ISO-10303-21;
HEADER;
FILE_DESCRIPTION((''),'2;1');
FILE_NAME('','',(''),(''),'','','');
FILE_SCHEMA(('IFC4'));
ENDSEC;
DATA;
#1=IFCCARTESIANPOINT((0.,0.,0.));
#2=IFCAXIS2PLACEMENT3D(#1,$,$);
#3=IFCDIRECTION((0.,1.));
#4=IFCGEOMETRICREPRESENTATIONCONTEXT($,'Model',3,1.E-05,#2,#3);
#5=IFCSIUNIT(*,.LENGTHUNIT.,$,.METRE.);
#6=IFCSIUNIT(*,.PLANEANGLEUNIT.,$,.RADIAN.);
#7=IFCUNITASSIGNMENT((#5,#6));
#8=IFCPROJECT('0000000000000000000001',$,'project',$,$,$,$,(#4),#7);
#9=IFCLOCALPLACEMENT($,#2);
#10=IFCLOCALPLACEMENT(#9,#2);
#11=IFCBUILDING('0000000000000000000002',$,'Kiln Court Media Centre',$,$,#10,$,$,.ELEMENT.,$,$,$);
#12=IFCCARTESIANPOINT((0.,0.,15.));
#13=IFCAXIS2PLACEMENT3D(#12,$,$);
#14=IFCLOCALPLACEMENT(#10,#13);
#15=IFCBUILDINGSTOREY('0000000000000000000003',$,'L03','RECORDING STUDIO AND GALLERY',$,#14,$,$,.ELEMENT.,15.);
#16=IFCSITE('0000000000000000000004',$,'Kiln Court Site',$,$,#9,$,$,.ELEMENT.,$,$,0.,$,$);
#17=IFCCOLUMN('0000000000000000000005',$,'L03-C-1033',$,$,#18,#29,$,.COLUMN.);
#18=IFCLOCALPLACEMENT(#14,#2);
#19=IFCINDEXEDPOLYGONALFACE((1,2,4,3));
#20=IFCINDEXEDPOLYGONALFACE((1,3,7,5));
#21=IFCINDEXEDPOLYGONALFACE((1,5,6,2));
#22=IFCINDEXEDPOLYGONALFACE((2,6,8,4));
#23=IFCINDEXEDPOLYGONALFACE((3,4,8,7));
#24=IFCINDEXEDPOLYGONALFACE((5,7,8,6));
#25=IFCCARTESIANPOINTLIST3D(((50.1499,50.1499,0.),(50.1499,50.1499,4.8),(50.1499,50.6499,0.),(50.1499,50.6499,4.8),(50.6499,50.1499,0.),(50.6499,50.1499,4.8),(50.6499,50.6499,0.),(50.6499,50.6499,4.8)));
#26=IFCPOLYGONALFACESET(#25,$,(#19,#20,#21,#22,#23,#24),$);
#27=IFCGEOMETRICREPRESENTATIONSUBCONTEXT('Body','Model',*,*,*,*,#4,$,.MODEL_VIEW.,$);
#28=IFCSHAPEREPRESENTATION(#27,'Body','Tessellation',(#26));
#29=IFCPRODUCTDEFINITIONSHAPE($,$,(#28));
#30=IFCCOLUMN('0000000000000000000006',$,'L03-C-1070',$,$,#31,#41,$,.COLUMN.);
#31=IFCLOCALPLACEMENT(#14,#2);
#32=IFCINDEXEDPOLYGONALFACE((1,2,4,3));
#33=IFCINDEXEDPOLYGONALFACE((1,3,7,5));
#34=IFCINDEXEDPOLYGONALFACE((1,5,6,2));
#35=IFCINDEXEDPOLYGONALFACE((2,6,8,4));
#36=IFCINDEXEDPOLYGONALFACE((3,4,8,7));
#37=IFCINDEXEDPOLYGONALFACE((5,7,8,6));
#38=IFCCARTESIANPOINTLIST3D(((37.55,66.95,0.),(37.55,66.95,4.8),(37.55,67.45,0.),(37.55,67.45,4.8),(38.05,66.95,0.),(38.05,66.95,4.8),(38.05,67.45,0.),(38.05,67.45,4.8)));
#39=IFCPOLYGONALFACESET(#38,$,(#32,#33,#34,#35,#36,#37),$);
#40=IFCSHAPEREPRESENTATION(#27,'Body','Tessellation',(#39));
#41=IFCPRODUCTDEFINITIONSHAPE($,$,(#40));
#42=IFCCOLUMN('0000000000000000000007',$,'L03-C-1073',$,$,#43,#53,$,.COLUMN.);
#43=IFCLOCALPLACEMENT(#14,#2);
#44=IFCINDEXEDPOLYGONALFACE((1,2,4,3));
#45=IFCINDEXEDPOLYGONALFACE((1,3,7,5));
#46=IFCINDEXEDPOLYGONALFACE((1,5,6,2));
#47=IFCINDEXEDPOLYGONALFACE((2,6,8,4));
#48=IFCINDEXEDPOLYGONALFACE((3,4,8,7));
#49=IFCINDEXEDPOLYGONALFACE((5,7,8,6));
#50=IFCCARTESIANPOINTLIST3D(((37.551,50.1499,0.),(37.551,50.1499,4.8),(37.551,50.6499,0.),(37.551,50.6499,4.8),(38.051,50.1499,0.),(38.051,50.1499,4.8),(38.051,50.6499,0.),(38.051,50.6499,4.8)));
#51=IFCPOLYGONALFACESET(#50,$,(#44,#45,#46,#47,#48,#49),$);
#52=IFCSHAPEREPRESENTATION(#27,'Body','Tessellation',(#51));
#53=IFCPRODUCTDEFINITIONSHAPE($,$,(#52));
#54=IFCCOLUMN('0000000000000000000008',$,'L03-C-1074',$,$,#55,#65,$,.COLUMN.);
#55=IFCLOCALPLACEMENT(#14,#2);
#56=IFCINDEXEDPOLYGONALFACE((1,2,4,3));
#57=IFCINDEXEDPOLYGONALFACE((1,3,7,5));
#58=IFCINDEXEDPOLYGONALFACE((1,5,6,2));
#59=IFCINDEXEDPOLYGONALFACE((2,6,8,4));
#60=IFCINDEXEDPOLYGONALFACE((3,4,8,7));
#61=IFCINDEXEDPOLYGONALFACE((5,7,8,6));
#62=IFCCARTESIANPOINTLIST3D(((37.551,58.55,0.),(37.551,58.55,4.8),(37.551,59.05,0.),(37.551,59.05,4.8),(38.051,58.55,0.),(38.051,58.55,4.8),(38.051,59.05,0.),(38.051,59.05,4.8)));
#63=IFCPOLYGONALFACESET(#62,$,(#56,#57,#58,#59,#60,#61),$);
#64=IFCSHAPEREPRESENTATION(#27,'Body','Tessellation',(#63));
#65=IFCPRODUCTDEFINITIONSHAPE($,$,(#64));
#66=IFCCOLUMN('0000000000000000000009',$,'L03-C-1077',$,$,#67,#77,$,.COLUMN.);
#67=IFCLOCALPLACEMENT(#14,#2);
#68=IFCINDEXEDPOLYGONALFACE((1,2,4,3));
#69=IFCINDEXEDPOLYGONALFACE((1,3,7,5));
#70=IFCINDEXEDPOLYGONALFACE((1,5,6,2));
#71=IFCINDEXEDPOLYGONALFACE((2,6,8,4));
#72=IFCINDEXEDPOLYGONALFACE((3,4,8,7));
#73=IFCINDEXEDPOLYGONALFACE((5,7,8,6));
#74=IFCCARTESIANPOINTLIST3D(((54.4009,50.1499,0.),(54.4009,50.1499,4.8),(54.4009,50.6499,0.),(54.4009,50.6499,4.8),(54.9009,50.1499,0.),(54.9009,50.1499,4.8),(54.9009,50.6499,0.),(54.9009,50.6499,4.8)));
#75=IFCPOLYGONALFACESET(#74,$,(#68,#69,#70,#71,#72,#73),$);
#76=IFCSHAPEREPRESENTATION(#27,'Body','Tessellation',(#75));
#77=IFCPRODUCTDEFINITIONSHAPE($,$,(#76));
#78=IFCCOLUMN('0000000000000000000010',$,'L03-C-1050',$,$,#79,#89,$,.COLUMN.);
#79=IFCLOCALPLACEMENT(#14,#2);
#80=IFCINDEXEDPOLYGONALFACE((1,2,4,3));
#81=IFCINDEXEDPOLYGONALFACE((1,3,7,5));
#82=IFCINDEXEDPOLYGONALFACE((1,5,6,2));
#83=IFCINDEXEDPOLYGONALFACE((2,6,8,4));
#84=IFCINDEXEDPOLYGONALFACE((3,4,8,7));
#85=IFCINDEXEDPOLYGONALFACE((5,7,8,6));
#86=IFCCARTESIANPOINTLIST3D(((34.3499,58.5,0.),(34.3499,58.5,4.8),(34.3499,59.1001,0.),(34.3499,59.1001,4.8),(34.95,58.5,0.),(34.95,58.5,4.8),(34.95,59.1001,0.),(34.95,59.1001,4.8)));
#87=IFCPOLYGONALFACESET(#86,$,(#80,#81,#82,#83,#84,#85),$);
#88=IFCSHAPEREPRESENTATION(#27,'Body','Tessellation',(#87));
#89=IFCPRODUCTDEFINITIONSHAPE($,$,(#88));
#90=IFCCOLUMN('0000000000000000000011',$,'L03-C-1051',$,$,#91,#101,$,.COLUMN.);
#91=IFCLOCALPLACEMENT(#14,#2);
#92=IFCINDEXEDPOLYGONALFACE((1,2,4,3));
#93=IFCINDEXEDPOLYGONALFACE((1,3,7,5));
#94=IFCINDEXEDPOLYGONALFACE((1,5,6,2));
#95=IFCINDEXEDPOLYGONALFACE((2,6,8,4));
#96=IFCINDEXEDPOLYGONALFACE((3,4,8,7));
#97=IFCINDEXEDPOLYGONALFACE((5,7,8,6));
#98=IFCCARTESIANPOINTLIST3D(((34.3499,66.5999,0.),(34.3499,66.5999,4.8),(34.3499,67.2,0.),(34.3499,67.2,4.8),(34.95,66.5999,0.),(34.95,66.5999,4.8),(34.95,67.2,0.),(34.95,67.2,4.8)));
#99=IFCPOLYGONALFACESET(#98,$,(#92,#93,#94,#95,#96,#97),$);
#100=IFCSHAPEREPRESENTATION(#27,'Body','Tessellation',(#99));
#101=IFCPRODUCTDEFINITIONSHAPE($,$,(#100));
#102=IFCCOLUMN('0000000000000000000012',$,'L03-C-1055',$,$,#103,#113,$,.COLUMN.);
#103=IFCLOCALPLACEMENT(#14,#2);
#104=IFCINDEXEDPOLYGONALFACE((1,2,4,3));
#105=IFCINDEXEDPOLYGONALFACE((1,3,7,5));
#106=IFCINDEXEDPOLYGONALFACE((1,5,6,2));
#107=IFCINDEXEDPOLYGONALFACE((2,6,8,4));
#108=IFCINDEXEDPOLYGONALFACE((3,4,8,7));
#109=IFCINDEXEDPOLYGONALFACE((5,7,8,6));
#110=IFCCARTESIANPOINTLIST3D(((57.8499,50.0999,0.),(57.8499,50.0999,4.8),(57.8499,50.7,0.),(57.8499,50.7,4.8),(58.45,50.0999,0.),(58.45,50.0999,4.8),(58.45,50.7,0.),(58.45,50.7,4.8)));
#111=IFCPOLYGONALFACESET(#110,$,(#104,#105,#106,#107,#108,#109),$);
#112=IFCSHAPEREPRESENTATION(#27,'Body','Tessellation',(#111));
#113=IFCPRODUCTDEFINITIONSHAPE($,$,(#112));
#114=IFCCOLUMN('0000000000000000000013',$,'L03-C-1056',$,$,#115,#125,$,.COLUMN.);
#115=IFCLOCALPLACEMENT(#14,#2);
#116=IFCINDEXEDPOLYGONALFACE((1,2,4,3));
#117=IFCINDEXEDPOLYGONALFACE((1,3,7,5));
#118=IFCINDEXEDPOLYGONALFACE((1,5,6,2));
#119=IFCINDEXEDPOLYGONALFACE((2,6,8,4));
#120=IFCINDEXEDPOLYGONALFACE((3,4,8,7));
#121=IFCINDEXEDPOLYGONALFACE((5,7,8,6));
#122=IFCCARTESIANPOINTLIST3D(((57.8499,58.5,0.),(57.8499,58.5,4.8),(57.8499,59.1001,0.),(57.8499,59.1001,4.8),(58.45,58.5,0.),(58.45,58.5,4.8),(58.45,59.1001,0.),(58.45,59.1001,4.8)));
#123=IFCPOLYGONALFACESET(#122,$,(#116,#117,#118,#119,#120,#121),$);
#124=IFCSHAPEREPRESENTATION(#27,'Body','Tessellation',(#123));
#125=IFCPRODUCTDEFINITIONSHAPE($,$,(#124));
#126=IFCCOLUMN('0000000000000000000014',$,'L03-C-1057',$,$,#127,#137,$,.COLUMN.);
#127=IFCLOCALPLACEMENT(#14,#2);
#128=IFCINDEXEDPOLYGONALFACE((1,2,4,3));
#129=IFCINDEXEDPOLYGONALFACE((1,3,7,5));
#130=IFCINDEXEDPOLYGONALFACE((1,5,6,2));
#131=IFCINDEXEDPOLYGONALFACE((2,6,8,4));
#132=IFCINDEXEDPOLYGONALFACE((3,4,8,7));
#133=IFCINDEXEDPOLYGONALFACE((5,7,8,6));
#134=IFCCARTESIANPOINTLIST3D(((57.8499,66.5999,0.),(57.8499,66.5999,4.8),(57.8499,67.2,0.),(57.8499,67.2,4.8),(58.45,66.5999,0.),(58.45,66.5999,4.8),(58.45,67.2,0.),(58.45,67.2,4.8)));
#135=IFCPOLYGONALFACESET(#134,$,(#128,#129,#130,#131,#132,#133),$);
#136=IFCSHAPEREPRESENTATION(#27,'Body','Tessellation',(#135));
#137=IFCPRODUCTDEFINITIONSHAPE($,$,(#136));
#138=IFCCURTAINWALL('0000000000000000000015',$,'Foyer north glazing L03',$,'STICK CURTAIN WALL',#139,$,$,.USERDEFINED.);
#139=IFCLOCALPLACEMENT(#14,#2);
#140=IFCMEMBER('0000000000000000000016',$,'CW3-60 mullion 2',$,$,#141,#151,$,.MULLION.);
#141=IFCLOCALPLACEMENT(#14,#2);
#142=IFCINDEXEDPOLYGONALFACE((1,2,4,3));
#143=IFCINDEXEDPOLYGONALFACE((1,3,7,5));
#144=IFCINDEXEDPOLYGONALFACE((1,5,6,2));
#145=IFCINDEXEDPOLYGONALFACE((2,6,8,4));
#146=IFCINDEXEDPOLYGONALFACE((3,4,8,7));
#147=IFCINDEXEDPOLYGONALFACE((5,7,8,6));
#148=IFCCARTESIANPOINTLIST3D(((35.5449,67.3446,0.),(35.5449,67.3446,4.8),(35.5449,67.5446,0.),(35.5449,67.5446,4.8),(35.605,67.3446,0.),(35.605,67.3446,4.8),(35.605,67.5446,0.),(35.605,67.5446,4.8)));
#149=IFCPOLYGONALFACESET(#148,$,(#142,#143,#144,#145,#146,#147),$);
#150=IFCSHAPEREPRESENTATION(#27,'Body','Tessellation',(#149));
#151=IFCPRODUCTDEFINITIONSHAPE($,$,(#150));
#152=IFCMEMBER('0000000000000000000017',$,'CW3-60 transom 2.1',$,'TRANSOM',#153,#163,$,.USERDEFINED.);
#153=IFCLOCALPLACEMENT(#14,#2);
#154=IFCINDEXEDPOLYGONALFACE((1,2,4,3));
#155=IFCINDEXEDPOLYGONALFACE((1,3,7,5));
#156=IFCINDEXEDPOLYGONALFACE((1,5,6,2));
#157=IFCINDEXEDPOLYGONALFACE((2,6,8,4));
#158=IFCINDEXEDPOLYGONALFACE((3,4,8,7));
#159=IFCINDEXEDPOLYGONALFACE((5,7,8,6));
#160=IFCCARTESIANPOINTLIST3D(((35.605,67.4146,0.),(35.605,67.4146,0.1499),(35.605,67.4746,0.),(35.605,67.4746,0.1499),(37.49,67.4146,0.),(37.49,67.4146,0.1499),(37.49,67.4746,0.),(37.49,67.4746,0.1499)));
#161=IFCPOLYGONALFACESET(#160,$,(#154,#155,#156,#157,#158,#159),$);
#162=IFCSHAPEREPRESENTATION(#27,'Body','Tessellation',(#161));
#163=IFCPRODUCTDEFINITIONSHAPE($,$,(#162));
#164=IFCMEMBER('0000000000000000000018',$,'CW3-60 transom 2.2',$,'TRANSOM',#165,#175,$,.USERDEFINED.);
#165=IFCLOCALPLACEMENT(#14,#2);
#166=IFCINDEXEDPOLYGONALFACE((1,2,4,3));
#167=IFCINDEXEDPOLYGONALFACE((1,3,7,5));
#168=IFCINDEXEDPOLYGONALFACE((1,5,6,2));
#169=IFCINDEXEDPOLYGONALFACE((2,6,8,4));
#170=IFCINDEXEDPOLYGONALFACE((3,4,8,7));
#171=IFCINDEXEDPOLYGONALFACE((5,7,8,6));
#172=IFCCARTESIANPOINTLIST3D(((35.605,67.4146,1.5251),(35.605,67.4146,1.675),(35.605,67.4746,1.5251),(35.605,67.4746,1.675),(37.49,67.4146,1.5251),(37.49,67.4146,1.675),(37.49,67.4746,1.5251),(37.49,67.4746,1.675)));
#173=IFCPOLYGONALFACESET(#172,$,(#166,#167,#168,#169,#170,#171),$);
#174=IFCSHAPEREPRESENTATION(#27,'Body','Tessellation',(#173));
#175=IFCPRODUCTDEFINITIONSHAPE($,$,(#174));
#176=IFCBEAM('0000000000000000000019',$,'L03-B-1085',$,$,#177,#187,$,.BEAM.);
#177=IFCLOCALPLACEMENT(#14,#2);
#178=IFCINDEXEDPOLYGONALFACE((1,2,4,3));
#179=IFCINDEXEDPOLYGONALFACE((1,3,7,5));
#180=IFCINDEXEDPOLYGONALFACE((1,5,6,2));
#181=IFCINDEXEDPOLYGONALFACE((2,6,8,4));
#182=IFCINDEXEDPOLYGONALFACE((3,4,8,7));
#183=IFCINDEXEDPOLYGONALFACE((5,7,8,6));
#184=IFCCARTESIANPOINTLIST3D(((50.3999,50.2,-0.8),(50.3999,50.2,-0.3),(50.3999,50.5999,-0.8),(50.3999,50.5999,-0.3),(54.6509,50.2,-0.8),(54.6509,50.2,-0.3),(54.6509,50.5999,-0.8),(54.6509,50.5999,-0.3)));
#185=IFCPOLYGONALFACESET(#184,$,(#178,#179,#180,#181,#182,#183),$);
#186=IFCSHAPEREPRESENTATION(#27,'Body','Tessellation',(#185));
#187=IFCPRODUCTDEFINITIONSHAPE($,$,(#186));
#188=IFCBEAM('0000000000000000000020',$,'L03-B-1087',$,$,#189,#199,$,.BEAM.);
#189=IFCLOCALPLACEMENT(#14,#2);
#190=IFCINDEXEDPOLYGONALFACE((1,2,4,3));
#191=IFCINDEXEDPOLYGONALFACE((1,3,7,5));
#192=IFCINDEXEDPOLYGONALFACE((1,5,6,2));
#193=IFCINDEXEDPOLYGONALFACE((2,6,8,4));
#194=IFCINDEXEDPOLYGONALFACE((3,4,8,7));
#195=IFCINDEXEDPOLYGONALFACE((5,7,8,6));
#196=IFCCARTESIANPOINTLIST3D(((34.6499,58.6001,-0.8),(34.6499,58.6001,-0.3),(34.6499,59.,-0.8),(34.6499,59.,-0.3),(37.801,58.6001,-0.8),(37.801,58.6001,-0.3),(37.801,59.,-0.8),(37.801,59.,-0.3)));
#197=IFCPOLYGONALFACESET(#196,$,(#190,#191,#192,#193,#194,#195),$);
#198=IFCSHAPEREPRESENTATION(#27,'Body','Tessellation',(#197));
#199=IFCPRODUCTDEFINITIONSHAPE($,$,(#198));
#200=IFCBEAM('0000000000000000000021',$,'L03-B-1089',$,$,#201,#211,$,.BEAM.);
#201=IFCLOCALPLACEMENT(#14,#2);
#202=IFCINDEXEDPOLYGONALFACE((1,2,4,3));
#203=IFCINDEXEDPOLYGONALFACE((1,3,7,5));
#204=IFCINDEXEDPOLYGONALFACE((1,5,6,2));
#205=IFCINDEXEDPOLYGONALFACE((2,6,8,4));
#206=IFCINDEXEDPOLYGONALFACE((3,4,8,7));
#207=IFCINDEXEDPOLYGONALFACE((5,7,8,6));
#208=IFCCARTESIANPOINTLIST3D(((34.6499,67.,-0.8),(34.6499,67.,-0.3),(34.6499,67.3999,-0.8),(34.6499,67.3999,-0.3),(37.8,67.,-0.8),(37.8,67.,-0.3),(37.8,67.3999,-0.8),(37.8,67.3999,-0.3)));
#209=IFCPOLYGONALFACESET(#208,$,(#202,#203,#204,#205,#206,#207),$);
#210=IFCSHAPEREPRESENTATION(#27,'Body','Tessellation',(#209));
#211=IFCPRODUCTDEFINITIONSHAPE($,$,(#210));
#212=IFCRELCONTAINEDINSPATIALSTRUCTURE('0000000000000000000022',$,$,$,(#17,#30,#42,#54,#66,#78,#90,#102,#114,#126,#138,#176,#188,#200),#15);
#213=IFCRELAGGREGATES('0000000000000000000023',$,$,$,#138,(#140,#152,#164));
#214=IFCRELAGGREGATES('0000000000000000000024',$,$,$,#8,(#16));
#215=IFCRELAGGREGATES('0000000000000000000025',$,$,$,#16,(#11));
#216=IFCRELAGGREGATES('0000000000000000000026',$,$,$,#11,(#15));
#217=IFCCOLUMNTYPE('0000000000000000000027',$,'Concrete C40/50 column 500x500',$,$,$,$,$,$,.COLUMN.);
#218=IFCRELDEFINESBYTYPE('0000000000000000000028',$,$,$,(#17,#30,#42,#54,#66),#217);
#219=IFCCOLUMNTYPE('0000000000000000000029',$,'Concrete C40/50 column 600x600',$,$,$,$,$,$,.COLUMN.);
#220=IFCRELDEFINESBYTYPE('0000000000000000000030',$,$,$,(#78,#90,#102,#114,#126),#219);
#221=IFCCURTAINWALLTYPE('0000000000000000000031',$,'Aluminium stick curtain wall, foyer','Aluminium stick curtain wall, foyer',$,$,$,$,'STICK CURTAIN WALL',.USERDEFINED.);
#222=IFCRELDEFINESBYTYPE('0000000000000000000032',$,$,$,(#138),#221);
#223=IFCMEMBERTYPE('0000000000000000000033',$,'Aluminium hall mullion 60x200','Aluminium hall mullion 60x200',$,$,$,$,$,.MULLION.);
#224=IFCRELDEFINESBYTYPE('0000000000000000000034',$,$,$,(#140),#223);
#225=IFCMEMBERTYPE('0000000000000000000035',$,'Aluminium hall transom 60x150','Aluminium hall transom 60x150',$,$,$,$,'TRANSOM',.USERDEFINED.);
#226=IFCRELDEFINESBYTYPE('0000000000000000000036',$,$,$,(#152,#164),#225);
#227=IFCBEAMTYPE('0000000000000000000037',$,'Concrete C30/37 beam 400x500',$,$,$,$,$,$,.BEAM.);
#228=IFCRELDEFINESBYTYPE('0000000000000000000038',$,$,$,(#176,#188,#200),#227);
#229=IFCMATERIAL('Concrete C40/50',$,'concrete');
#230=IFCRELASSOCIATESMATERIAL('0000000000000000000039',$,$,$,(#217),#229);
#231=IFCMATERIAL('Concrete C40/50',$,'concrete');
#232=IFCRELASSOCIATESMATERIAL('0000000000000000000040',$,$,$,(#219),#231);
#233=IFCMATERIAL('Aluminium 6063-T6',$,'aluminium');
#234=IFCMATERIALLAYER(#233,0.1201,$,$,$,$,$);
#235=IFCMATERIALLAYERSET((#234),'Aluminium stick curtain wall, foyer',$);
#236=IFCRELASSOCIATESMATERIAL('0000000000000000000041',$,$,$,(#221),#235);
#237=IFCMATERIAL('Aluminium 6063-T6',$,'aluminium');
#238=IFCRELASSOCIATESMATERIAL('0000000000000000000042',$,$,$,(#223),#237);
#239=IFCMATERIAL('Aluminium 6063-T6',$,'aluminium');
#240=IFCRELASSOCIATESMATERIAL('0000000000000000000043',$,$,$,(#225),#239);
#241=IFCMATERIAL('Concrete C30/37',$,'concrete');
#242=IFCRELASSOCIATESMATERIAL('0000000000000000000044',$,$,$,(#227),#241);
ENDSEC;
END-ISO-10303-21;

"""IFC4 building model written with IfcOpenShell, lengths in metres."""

from ifc_helpers import new_model, si_unit, direction, frame, origin, origin_2d, place, context, subcontext, project, spatial, rectangle, extrude, material, layer, layer_set, material_profile, profile_set, type_object, element, aggregate, save


model = new_model("IFC4")

# Units and contexts
model_context = context("Model", 3, precision=1e-05, world=origin(), true_north=direction((0.0, 1.0)))
body_context = subcontext(model_context, "Body", "Model", "MODEL_VIEW")
ifc_project = project(units=[si_unit("LENGTHUNIT", "METRE"), si_unit("PLANEANGLEUNIT", "RADIAN")], contexts=[model_context])

# Site, building, storey
site_placement = place(None, origin())
site = spatial("IfcSite", under=ifc_project, at=site_placement, Name="Kiln Court Site", CompositionType="ELEMENT", RefElevation=0.0)
building_placement = place(site_placement, origin())
building = spatial("IfcBuilding", under=site, at=building_placement, Name="Kiln Court Media Centre", CompositionType="ELEMENT")
storey_placement = place(building_placement, frame((0.0, 0.0, 15.0)))
storey = spatial("IfcBuildingStorey", under=building, at=storey_placement, Name="L03", Description="RECORDING STUDIO AND GALLERY", CompositionType="ELEMENT", Elevation=15.0)

# Columns
ifc_material_1 = material(Name="Concrete C40/50", Category="concrete")
ifc_material_profile_1 = material_profile(ifc_material_1, rectangle(XDim=0.5, YDim=0.5, at=origin_2d()), Name="RC 500x500")
ifc_profile_set_1 = profile_set([ifc_material_profile_1], Name="Concrete C40/50")
column_type_1 = type_object("IfcColumnType", Name="Concrete C40/50 column 500x500", PredefinedType="COLUMN", material=ifc_profile_set_1)
for number, where, z_axis, x_axis, name in (
    (1, (50.3999, 50.3999, 0.0), (0.0, 0.0, 1.0), (1.0, 0.0, 0.0), "L03-C-1033"),
    (2, (37.8, 67.2, 0.0), (0.0, 0.0, 1.0), (1.0, 0.0, 0.0), "L03-C-1070"),
    (3, (37.801, 50.3999, 0.0), (0.0, 0.0, 1.0), (1.0, 0.0, 0.0), "L03-C-1073"),
    (4, (37.801, 58.8, 0.0), (0.0, 0.0, 1.0), (1.0, 0.0, 0.0), "L03-C-1074"),
    (5, (54.6509, 50.3999, 0.0), (0.0, 0.0, 1.0), (1.0, 0.0, 0.0), "L03-C-1077"),
):
    element("IfcColumn", number, at=place(storey_placement, frame(where, z_axis=z_axis, x_axis=x_axis)), inside=storey, type_object=column_type_1, Name=name, PredefinedType="COLUMN", context=body_context, shape_type="SweptSolid", body=[
        extrude(rectangle(XDim=0.5, YDim=0.5, at=origin_2d()), origin(), (0.0, 0.0, 1.0), 4.8),
    ])
ifc_material_2 = material(Name="Concrete C40/50", Category="concrete")
ifc_material_profile_2 = material_profile(ifc_material_2, rectangle(XDim=0.6001, YDim=0.6001, at=origin_2d()), Name="RC 600x600")
ifc_profile_set_2 = profile_set([ifc_material_profile_2], Name="Concrete C40/50")
column_type_2 = type_object("IfcColumnType", Name="Concrete C40/50 column 600x600", PredefinedType="COLUMN", material=ifc_profile_set_2)
for number, where, z_axis, x_axis, name in (
    (6, (34.6499, 58.8, 0.0), (0.0, 0.0, 1.0), (1.0, 0.0, 0.0), "L03-C-1050"),
    (7, (34.6499, 66.8999, 0.0), (0.0, 0.0, 1.0), (1.0, 0.0, 0.0), "L03-C-1051"),
    (8, (58.1499, 50.3999, 0.0), (0.0, 0.0, 1.0), (1.0, 0.0, 0.0), "L03-C-1055"),
    (9, (58.1499, 58.8, 0.0), (0.0, 0.0, 1.0), (1.0, 0.0, 0.0), "L03-C-1056"),
    (10, (58.1499, 66.8999, 0.0), (0.0, 0.0, 1.0), (1.0, 0.0, 0.0), "L03-C-1057"),
):
    element("IfcColumn", number, at=place(storey_placement, frame(where, z_axis=z_axis, x_axis=x_axis)), inside=storey, type_object=column_type_2, Name=name, PredefinedType="COLUMN", context=body_context, shape_type="SweptSolid", body=[
        extrude(rectangle(XDim=0.6001, YDim=0.6001, at=origin_2d()), origin(), (0.0, 0.0, 1.0), 4.8),
    ])

# Curtain wall, members
ifc_material_3 = material(Name="Aluminium 6063-T6", Category="aluminium")
ifc_layer_1 = layer(ifc_material_3, 0.1201)
ifc_layer_set_1 = layer_set([ifc_layer_1], Name="Aluminium stick curtain wall, foyer")
curtain_wall_type = type_object("IfcCurtainWallType", Name="Aluminium stick curtain wall, foyer", Description="Aluminium stick curtain wall, foyer", ElementType="STICK CURTAIN WALL", PredefinedType="USERDEFINED", material=ifc_layer_set_1)
curtain_wall_placement = place(storey_placement, origin())
curtain_wall = element("IfcCurtainWall", 11, at=curtain_wall_placement, inside=storey, type_object=curtain_wall_type, Name="Foyer north glazing L03", ObjectType="STICK CURTAIN WALL", PredefinedType="USERDEFINED")
ifc_material_4 = material(Name="Aluminium 6063-T6", Category="aluminium")
ifc_material_profile_3 = material_profile(ifc_material_4, rectangle(XDim=0.0601, YDim=0.2, at=origin_2d()), Name="Aluminium hall mullion 60x200")
ifc_profile_set_3 = profile_set([ifc_material_profile_3], Name="Aluminium 6063-T6")
member_type_1 = type_object("IfcMemberType", Name="Aluminium hall mullion 60x200", Description="Aluminium hall mullion 60x200", PredefinedType="MULLION", material=ifc_profile_set_3)
member_1_placement = place(storey_placement, frame((35.575, 67.4446, 0.0), z_axis=(0.0, 0.0, 1.0), x_axis=(1.0, 0.0, 0.0)))
member_1 = element("IfcMember", 12, at=member_1_placement, type_object=member_type_1, Name="CW3-60 mullion 2", PredefinedType="MULLION", context=body_context, shape_type="SweptSolid", body=[
    extrude(rectangle(XDim=0.0601, YDim=0.2, at=origin_2d()), origin(), (0.0, 0.0, 1.0), 4.8),
])
ifc_material_5 = material(Name="Aluminium 6063-T6", Category="aluminium")
ifc_material_profile_4 = material_profile(ifc_material_5, rectangle(XDim=0.0601, YDim=0.1499, at=origin_2d()), Name="Aluminium hall transom 60x150")
ifc_profile_set_4 = profile_set([ifc_material_profile_4], Name="Aluminium 6063-T6")
member_type_2 = type_object("IfcMemberType", Name="Aluminium hall transom 60x150", Description="Aluminium hall transom 60x150", ElementType="TRANSOM", PredefinedType="USERDEFINED", material=ifc_profile_set_4)
member_2_placement = place(storey_placement, frame((35.605, 67.4446, 0.075), z_axis=(1.0, 0.0, 0.0), x_axis=(0.0, 1.0, 0.0)))
member_2 = element("IfcMember", 13, at=member_2_placement, type_object=member_type_2, Name="CW3-60 transom 2.1", ObjectType="TRANSOM", PredefinedType="USERDEFINED", context=body_context, shape_type="SweptSolid", body=[
    extrude(rectangle(XDim=0.0601, YDim=0.1499, at=origin_2d()), origin(), (0.0, 0.0, 1.0), 1.885),
])
member_3_placement = place(storey_placement, frame((35.605, 67.4446, 1.6001), z_axis=(1.0, 0.0, 0.0), x_axis=(0.0, 1.0, 0.0)))
member_3 = element("IfcMember", 14, at=member_3_placement, type_object=member_type_2, Name="CW3-60 transom 2.2", ObjectType="TRANSOM", PredefinedType="USERDEFINED", context=body_context, shape_type="SweptSolid", body=[
    extrude(rectangle(XDim=0.0601, YDim=0.1499, at=origin_2d()), origin(), (0.0, 0.0, 1.0), 1.885),
])

# Beams
ifc_material_6 = material(Name="Concrete C30/37", Category="concrete")
ifc_material_profile_5 = material_profile(ifc_material_6, rectangle(XDim=0.3999, YDim=0.5, at=origin_2d()), Name="RC 400x500")
ifc_profile_set_5 = profile_set([ifc_material_profile_5], Name="Concrete C30/37")
beam_type_1 = type_object("IfcBeamType", Name="Concrete C30/37 beam 400x500", PredefinedType="BEAM", material=ifc_profile_set_5)
beam_1_placement = place(storey_placement, frame((50.3999, 50.3999, -0.55), z_axis=(1.0, 0.0, 0.0), x_axis=(0.0, 1.0, 0.0)))
element("IfcBeam", 15, at=beam_1_placement, inside=storey, type_object=beam_type_1, Name="L03-B-1085", PredefinedType="BEAM", context=body_context, shape_type="SweptSolid", body=[
    extrude(rectangle(XDim=0.3999, YDim=0.5, at=origin_2d()), origin(), (0.0, 0.0, 1.0), 4.251),
])
beam_2_placement = place(storey_placement, frame((34.6499, 58.8, -0.55), z_axis=(1.0, 0.0, 0.0), x_axis=(0.0, 1.0, 0.0)))
element("IfcBeam", 16, at=beam_2_placement, inside=storey, type_object=beam_type_1, Name="L03-B-1087", PredefinedType="BEAM", context=body_context, shape_type="SweptSolid", body=[
    extrude(rectangle(XDim=0.3999, YDim=0.5, at=origin_2d()), origin(), (0.0, 0.0, 1.0), 3.1511),
])
beam_3_placement = place(storey_placement, frame((34.6499, 67.2, -0.55), z_axis=(1.0, 0.0, 0.0), x_axis=(0.0, 1.0, 0.0)))
element("IfcBeam", 17, at=beam_3_placement, inside=storey, type_object=beam_type_1, Name="L03-B-1089", PredefinedType="BEAM", context=body_context, shape_type="SweptSolid", body=[
    extrude(rectangle(XDim=0.3999, YDim=0.5, at=origin_2d()), origin(), (0.0, 0.0, 1.0), 3.1501),
])

aggregate(curtain_wall, [member_1, member_2, member_3])

save(model, "model.ifc")
